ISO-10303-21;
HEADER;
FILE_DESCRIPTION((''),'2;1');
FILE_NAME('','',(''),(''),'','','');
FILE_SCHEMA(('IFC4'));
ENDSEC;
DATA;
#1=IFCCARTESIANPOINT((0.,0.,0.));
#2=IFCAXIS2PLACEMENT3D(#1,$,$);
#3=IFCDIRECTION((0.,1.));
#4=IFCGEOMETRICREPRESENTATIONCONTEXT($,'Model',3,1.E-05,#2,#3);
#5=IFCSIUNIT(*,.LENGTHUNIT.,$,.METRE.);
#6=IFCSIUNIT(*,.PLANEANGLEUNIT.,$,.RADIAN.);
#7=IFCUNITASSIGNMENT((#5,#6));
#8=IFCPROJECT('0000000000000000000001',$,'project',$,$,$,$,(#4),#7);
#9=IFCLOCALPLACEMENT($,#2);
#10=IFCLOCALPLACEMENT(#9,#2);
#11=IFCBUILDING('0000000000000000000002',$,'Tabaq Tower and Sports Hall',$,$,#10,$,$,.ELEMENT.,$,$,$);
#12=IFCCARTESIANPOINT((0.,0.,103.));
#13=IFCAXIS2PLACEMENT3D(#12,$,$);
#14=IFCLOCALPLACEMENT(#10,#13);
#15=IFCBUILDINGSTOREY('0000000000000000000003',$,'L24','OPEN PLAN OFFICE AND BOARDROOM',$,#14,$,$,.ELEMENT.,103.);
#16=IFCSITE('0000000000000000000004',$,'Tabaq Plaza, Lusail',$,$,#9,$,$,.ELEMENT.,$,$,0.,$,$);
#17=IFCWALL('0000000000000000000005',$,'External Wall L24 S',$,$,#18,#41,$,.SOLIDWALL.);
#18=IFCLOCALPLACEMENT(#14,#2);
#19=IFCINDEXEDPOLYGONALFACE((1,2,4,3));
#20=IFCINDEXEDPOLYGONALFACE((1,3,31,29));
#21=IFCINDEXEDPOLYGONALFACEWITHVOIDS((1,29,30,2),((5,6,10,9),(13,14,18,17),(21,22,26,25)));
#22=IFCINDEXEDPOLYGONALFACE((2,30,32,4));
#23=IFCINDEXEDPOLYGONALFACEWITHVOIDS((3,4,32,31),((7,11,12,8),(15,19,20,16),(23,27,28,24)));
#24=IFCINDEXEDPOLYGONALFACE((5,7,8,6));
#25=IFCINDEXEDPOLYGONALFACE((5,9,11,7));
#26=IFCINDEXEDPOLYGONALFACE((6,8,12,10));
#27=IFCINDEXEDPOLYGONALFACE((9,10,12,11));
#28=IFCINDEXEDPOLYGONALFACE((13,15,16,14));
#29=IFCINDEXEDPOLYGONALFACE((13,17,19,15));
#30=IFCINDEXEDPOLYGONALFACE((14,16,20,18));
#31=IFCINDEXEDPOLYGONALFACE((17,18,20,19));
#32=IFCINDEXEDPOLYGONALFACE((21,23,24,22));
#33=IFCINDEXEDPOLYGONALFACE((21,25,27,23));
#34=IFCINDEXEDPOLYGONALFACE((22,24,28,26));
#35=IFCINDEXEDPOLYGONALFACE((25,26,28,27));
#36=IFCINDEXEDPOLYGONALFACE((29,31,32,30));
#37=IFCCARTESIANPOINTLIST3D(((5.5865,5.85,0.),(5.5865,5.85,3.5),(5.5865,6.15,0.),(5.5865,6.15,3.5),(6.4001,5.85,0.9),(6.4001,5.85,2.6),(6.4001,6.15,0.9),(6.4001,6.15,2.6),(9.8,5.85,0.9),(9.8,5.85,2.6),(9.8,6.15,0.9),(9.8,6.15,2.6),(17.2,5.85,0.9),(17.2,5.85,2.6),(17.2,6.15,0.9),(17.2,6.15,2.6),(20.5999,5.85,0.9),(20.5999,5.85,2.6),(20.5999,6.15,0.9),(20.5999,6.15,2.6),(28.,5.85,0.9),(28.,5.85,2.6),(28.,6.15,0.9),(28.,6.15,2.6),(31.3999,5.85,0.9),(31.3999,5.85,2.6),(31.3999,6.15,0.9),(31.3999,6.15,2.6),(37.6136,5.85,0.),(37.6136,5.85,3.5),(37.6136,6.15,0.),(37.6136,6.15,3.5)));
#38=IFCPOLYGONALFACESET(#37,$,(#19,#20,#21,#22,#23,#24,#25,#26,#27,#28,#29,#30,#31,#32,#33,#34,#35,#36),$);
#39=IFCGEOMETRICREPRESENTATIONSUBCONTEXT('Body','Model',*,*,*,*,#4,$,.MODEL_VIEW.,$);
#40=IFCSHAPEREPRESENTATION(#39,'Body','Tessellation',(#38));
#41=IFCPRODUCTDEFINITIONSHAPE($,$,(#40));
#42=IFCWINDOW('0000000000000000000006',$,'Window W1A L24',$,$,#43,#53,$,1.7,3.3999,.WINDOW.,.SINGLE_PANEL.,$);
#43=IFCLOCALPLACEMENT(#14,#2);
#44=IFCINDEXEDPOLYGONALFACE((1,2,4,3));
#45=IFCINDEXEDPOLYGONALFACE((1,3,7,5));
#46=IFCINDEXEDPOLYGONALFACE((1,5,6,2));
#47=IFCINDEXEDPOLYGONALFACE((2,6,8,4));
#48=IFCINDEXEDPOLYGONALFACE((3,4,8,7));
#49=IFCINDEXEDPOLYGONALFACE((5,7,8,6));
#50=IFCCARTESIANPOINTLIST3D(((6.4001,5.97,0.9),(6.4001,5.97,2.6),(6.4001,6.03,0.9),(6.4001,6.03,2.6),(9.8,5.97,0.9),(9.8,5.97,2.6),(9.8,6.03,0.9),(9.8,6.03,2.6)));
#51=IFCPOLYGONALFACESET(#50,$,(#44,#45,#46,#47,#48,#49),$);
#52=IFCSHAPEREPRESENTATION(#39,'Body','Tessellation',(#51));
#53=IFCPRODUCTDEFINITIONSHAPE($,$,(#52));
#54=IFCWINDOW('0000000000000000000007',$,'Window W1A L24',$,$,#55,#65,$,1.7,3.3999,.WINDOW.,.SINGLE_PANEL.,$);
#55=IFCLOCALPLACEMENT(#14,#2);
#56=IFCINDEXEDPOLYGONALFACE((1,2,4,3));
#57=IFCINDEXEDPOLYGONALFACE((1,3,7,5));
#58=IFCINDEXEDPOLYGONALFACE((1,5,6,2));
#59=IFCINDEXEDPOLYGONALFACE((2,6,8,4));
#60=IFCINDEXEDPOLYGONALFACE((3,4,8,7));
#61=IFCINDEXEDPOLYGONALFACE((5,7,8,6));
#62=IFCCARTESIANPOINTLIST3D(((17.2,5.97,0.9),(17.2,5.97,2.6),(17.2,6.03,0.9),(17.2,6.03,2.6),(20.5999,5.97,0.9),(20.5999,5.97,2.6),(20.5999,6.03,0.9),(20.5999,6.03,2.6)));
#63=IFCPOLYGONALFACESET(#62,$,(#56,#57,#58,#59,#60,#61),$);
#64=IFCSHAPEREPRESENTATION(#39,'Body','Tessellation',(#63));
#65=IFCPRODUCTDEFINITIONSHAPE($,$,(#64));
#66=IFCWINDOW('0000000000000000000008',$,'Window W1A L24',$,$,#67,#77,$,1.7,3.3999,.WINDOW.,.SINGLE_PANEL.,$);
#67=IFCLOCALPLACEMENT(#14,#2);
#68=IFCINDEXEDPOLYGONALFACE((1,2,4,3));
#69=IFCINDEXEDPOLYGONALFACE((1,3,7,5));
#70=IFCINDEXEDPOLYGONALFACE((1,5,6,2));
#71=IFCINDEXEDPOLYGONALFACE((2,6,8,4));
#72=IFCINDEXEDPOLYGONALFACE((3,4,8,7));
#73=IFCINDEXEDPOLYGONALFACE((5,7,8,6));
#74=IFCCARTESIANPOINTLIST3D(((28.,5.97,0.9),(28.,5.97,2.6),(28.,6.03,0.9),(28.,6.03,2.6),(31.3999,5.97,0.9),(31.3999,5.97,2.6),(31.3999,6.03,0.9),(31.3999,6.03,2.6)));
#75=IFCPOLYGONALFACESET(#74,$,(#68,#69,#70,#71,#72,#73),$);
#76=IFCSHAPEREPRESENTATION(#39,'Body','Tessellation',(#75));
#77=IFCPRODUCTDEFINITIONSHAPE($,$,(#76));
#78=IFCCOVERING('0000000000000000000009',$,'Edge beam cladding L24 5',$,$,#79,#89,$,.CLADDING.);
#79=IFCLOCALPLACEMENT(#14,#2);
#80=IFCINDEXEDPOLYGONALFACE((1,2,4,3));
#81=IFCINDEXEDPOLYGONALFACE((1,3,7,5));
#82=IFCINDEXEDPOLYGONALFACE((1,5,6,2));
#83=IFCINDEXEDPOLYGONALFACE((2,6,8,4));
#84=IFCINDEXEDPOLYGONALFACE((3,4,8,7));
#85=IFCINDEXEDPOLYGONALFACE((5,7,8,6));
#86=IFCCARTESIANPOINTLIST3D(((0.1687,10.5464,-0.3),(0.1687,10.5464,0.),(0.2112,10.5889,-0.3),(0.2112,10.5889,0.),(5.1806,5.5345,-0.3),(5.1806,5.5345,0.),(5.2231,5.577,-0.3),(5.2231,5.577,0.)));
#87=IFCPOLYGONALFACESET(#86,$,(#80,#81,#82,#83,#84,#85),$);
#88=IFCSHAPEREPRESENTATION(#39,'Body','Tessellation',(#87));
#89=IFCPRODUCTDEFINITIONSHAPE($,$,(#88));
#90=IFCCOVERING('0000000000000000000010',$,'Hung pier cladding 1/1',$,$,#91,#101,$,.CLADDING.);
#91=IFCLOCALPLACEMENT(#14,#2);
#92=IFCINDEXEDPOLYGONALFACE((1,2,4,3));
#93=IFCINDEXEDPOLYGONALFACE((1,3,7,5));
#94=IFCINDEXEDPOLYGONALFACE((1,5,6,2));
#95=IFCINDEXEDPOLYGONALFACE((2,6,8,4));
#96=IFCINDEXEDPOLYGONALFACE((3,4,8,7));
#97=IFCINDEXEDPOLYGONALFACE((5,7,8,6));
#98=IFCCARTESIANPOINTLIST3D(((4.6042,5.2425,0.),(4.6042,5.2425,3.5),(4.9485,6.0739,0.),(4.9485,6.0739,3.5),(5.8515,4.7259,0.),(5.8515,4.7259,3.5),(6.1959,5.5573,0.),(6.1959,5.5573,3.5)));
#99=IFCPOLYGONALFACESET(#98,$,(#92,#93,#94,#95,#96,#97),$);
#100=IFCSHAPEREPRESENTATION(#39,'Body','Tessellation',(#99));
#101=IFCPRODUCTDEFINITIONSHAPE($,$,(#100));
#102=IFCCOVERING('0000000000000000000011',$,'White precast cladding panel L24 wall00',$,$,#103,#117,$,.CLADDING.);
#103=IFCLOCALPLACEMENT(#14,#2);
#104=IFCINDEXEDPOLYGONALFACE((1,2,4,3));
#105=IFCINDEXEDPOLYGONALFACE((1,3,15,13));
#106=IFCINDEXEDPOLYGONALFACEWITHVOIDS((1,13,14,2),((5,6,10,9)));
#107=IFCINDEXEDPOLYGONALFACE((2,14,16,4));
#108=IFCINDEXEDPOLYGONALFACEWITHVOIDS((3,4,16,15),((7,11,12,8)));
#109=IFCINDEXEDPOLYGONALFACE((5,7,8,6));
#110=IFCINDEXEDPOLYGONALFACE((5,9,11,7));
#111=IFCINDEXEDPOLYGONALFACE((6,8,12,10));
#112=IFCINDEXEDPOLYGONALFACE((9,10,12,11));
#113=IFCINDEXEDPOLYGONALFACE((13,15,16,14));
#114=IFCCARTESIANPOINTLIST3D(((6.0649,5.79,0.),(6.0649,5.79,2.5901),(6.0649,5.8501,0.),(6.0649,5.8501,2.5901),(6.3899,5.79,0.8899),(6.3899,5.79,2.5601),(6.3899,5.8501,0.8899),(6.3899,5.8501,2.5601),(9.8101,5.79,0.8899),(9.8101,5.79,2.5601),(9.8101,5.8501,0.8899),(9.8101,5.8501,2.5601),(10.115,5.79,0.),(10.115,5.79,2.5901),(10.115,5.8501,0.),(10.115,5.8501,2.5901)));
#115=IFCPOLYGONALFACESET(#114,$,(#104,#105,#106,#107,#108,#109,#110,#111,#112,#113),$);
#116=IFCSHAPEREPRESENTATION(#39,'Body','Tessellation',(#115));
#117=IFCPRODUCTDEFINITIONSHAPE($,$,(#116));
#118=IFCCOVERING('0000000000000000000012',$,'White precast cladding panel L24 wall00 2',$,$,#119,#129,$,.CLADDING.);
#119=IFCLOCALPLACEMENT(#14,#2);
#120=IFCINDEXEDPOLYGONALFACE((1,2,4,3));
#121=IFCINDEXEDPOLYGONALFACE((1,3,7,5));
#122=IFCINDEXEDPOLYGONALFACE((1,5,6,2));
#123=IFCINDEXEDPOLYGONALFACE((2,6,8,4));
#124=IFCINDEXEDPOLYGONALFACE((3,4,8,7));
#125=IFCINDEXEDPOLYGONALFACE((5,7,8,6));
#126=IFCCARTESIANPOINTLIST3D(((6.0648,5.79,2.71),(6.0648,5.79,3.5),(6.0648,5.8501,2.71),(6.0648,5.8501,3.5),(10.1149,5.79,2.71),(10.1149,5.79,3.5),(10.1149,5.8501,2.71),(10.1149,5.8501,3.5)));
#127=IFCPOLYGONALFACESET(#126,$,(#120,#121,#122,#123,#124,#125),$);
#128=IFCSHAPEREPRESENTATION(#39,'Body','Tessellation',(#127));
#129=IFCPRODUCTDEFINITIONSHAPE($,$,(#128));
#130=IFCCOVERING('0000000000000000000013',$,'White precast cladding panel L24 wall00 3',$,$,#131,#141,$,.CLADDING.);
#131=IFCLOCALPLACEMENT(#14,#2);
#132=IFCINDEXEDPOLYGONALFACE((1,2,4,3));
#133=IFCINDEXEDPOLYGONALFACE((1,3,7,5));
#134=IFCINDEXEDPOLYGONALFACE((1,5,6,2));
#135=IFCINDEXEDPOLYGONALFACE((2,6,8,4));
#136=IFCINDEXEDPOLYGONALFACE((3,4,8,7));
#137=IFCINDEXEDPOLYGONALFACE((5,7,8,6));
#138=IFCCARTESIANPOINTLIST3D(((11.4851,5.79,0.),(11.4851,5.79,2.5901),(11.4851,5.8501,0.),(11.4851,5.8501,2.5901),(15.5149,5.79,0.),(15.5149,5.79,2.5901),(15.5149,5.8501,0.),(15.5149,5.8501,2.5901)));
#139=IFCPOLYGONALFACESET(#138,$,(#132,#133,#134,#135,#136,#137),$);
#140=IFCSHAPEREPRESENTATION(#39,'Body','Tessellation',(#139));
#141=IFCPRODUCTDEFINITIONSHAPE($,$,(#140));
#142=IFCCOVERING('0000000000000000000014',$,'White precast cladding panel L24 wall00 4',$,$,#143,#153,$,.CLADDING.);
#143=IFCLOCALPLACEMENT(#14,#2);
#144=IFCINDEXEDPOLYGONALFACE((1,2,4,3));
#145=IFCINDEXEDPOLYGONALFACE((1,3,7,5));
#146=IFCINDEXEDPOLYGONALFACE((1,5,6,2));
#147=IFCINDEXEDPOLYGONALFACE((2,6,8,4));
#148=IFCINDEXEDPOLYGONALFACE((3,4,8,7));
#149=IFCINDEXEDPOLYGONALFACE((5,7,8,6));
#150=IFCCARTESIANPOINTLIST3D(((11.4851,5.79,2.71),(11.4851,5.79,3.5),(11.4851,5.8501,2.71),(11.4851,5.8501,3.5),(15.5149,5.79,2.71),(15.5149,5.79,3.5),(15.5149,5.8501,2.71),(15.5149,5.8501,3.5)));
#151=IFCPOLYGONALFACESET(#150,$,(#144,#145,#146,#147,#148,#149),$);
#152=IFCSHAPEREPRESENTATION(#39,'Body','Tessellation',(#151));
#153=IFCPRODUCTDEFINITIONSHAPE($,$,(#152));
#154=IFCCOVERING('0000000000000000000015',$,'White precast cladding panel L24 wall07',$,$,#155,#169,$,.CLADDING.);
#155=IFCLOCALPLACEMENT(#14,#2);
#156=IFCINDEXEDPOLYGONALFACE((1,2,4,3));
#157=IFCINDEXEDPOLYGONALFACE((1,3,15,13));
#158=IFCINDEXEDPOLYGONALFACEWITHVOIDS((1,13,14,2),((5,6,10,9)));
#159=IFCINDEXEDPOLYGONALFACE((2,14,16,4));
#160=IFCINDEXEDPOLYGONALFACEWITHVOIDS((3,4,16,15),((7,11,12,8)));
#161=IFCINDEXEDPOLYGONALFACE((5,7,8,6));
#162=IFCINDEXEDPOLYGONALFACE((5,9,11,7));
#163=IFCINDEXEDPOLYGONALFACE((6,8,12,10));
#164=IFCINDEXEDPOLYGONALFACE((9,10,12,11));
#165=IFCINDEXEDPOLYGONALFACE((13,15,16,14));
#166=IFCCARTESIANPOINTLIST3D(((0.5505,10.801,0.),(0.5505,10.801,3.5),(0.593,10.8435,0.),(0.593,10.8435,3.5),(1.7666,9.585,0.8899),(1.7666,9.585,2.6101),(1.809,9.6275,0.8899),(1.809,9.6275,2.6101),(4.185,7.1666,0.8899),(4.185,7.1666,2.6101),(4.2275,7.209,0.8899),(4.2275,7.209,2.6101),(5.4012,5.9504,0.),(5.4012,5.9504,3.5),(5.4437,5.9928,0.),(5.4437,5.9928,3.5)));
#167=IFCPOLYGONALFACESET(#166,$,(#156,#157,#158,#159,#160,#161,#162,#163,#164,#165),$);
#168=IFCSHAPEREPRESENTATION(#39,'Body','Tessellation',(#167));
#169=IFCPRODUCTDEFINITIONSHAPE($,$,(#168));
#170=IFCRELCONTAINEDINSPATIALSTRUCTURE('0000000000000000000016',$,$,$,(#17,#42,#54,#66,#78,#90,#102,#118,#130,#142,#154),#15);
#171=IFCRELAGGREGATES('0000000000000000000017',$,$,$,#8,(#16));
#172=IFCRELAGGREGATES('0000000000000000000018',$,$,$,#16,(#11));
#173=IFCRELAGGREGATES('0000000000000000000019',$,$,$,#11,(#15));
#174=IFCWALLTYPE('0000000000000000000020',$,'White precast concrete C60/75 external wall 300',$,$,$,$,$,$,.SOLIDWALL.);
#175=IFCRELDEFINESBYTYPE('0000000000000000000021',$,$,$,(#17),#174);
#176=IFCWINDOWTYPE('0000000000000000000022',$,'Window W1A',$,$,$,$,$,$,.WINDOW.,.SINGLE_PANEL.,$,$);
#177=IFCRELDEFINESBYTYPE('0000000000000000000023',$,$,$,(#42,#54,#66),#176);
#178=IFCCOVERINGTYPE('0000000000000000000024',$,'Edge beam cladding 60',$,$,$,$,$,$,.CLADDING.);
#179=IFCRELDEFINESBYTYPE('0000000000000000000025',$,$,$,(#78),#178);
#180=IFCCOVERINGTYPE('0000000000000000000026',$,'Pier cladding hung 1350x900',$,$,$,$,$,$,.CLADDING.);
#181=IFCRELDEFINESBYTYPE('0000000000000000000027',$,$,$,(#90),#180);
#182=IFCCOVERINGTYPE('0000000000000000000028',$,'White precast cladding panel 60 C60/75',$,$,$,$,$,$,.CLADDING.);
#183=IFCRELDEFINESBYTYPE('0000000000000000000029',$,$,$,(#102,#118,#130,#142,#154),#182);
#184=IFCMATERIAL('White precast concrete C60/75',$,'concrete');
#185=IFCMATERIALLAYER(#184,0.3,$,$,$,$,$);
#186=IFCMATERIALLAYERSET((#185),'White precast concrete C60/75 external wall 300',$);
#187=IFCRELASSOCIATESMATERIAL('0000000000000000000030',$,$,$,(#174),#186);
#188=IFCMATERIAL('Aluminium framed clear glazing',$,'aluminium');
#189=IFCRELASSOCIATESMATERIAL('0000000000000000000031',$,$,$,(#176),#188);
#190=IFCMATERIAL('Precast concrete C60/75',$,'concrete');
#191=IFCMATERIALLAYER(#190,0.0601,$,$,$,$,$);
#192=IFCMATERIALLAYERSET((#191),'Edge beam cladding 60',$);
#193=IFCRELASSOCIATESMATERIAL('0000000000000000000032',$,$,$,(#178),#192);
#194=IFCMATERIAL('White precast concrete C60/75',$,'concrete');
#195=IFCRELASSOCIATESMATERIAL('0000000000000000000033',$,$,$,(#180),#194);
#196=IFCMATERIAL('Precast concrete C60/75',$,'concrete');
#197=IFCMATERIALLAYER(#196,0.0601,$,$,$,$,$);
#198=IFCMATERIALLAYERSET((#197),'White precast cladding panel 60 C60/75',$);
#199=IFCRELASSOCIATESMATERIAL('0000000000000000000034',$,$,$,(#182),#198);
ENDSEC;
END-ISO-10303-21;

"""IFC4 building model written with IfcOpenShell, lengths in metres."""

from ifc_helpers import new_model, si_unit, direction, frame, frame_2d, origin, place, context, subcontext, project, spatial, polyline, rectangle, outline, extrude, material, layer, layer_set, type_object, element, fill, save


model = new_model("IFC4")

# Units and contexts
model_context = context("Model", 3, precision=1e-05, world=origin(), true_north=direction((0.0, 1.0)))
body_context = subcontext(model_context, "Body", "Model", "MODEL_VIEW")
ifc_project = project(units=[si_unit("LENGTHUNIT", "METRE"), si_unit("PLANEANGLEUNIT", "RADIAN")], contexts=[model_context])

# Site, building, storey
site_placement = place(None, origin())
site = spatial("IfcSite", under=ifc_project, at=site_placement, Name="Tabaq Plaza, Lusail", CompositionType="ELEMENT", RefElevation=0.0)
building_placement = place(site_placement, origin())
building = spatial("IfcBuilding", under=site, at=building_placement, Name="Tabaq Tower and Sports Hall", CompositionType="ELEMENT")
storey_placement = place(building_placement, frame((0.0, 0.0, 103.0)))
storey = spatial("IfcBuildingStorey", under=building, at=storey_placement, Name="L24", Description="OPEN PLAN OFFICE AND BOARDROOM", CompositionType="ELEMENT", Elevation=103.0)

# Wall, openings, windows
ifc_material_1 = material(Name="White precast concrete C60/75", Category="concrete")
ifc_layer_1 = layer(ifc_material_1, 0.3)
ifc_layer_set_1 = layer_set([ifc_layer_1], Name="White precast concrete C60/75 external wall 300")
wall_type_1 = type_object("IfcWallType", Name="White precast concrete C60/75 external wall 300", PredefinedType="SOLIDWALL", material=ifc_layer_set_1)
wall_1_placement = place(storey_placement, frame((5.5864, 6.0, 0.0), z_axis=(0.0, 0.0, 1.0), x_axis=(1.0, 0.0, 0.0)))
wall_1 = element("IfcWall", 1, at=wall_1_placement, inside=storey, type_object=wall_type_1, Name="External Wall L24 S", PredefinedType="SOLIDWALL", context=body_context, shape_type="SweptSolid", body=[
    extrude(rectangle(XDim=32.0271, YDim=0.3, at=frame_2d((16.0137, 0.0))), origin(), (0.0, 0.0, 1.0), 3.5),
])
opening_1_placement = place(wall_1_placement, frame((0.8137, 0.0, 0.8999)))
opening_1 = element("IfcOpeningElement", 2, at=opening_1_placement, cuts=wall_1, PredefinedType="OPENING", context=body_context, shape_type="SweptSolid", body=[
    extrude(rectangle(XDim=3.3999, YDim=1.7, at=frame_2d((1.7, 0.8501))), frame((0.0, 0.1602, 0.0), z_axis=(0.0, -1.0, 0.0), x_axis=(1.0, 0.0, 0.0)), (0.0, 0.0, 1.0), 0.3201),
])
opening_2_placement = place(wall_1_placement, frame((11.6135, 0.0, 0.8999)))
opening_2 = element("IfcOpeningElement", 3, at=opening_2_placement, cuts=wall_1, PredefinedType="OPENING", context=body_context, shape_type="SweptSolid", body=[
    extrude(rectangle(XDim=3.3999, YDim=1.7, at=frame_2d((1.7, 0.8501))), frame((0.0, 0.1602, 0.0), z_axis=(0.0, -1.0, 0.0), x_axis=(1.0, 0.0, 0.0)), (0.0, 0.0, 1.0), 0.3201),
])
opening_3_placement = place(wall_1_placement, frame((22.4136, 0.0, 0.8999)))
opening_3 = element("IfcOpeningElement", 4, at=opening_3_placement, cuts=wall_1, PredefinedType="OPENING", context=body_context, shape_type="SweptSolid", body=[
    extrude(rectangle(XDim=3.3999, YDim=1.7, at=frame_2d((1.7, 0.8501))), frame((0.0, 0.1602, 0.0), z_axis=(0.0, -1.0, 0.0), x_axis=(1.0, 0.0, 0.0)), (0.0, 0.0, 1.0), 0.3201),
])
ifc_material_2 = material(Name="Aluminium framed clear glazing", Category="aluminium")
window_type = type_object("IfcWindowType", Name="Window W1A", PartitioningType="SINGLE_PANEL", PredefinedType="WINDOW", material=ifc_material_2)
window_1_placement = place(opening_1_placement, origin())
window_1 = element("IfcWindow", 5, at=window_1_placement, inside=storey, type_object=window_type, Name="Window W1A L24", OverallHeight=1.7, OverallWidth=3.3999, PartitioningType="SINGLE_PANEL", PredefinedType="WINDOW", context=body_context, shape_type="SweptSolid", body=[
    extrude(rectangle(XDim=3.3999, YDim=1.7, at=frame_2d((1.7, 0.8501))), frame((0.0, 0.03, 0.0), z_axis=(0.0, -1.0, 0.0), x_axis=(1.0, 0.0, 0.0)), (0.0, 0.0, 1.0), 0.0601),
])
fill(opening_1, window_1)
window_2_placement = place(opening_2_placement, origin())
window_2 = element("IfcWindow", 6, at=window_2_placement, inside=storey, type_object=window_type, Name="Window W1A L24", OverallHeight=1.7, OverallWidth=3.3999, PartitioningType="SINGLE_PANEL", PredefinedType="WINDOW", context=body_context, shape_type="SweptSolid", body=[
    extrude(rectangle(XDim=3.3999, YDim=1.7, at=frame_2d((1.7, 0.8501))), frame((0.0, 0.03, 0.0), z_axis=(0.0, -1.0, 0.0), x_axis=(1.0, 0.0, 0.0)), (0.0, 0.0, 1.0), 0.0601),
])
fill(opening_2, window_2)
window_3_placement = place(opening_3_placement, origin())
window_3 = element("IfcWindow", 7, at=window_3_placement, inside=storey, type_object=window_type, Name="Window W1A L24", OverallHeight=1.7, OverallWidth=3.3999, PartitioningType="SINGLE_PANEL", PredefinedType="WINDOW", context=body_context, shape_type="SweptSolid", body=[
    extrude(rectangle(XDim=3.3999, YDim=1.7, at=frame_2d((1.7, 0.8501))), frame((0.0, 0.03, 0.0), z_axis=(0.0, -1.0, 0.0), x_axis=(1.0, 0.0, 0.0)), (0.0, 0.0, 1.0), 0.0601),
])
fill(opening_3, window_3)

# Coverings
ifc_material_3 = material(Name="Precast concrete C60/75", Category="concrete")
ifc_layer_2 = layer(ifc_material_3, 0.0601)
ifc_layer_set_2 = layer_set([ifc_layer_2], Name="Edge beam cladding 60")
covering_type_1 = type_object("IfcCoveringType", Name="Edge beam cladding 60", PredefinedType="CLADDING", material=ifc_layer_set_2)
covering_1_placement = place(storey_placement, frame((0.1899, 10.5676, -0.3), z_axis=(0.0, 0.0, 1.0), x_axis=(0.707107, -0.707107, 0.0)))
element("IfcCovering", 8, at=covering_1_placement, inside=storey, type_object=covering_type_1, Name="Edge beam cladding L24 5", PredefinedType="CLADDING", context=body_context, shape_type="SweptSolid", body=[
    extrude(rectangle(XDim=7.0879, YDim=0.0601, at=frame_2d((3.5439, 0.0))), origin(), (0.0, 0.0, 1.0), 0.3),
])
ifc_material_4 = material(Name="White precast concrete C60/75", Category="concrete")
covering_type_2 = type_object("IfcCoveringType", Name="Pier cladding hung 1350x900", PredefinedType="CLADDING", material=ifc_material_4)
covering_2_placement = place(storey_placement, frame((4.7764, 5.6582, 0.0), z_axis=(0.0, 0.0, 1.0), x_axis=(0.923893, -0.38265, 0.0)))
element("IfcCovering", 9, at=covering_2_placement, inside=storey, type_object=covering_type_2, Name="Hung pier cladding 1/1", PredefinedType="CLADDING", context=body_context, shape_type="SweptSolid", body=[
    extrude(rectangle(XDim=1.3501, YDim=0.8999, at=frame_2d((0.675, 0.0))), origin(), (0.0, 0.0, 1.0), 3.5),
])
ifc_material_5 = material(Name="Precast concrete C60/75", Category="concrete")
ifc_layer_3 = layer(ifc_material_5, 0.0601)
ifc_layer_set_3 = layer_set([ifc_layer_3], Name="White precast cladding panel 60 C60/75")
covering_type_3 = type_object("IfcCoveringType", Name="White precast cladding panel 60 C60/75", PredefinedType="CLADDING", material=ifc_layer_set_3)
covering_3_placement = place(storey_placement, frame((6.0649, 5.8201, 0.0), z_axis=(0.0, 0.0, 1.0), x_axis=(1.0, 0.0, 0.0)))
element("IfcCovering", 10, at=covering_3_placement, inside=storey, type_object=covering_type_3, Name="White precast cladding panel L24 wall00", PredefinedType="CLADDING", context=body_context, shape_type="SweptSolid", body=[
    extrude(outline(polyline([(0.0, 0.0), (4.05, 0.0), (4.05, 2.5901), (0.0, 2.5901), (0.0, 0.0)]), holes=[polyline([(3.7451, 0.8899), (0.325, 0.8899), (0.325, 2.5601), (3.7451, 2.5601), (3.7451, 0.8899)])]), frame((0.0, 0.03, 0.0), z_axis=(0.0, -1.0, 0.0), x_axis=(1.0, 0.0, 0.0)), (0.0, 0.0, 1.0), 0.0601),
])
covering_4_placement = place(storey_placement, frame((6.0649, 5.8201, 2.71), z_axis=(0.0, 0.0, 1.0), x_axis=(1.0, 0.0, 0.0)))
element("IfcCovering", 11, at=covering_4_placement, inside=storey, type_object=covering_type_3, Name="White precast cladding panel L24 wall00 2", PredefinedType="CLADDING", context=body_context, shape_type="SweptSolid", body=[
    extrude(rectangle(XDim=4.05, YDim=0.0601, at=frame_2d((2.0249, 0.0))), origin(), (0.0, 0.0, 1.0), 0.79),
])
covering_5_placement = place(storey_placement, frame((11.4851, 5.8201, 0.0), z_axis=(0.0, 0.0, 1.0), x_axis=(1.0, 0.0, 0.0)))
element("IfcCovering", 12, at=covering_5_placement, inside=storey, type_object=covering_type_3, Name="White precast cladding panel L24 wall00 3", PredefinedType="CLADDING", context=body_context, shape_type="SweptSolid", body=[
    extrude(rectangle(XDim=4.0298, YDim=0.0601, at=frame_2d((2.0149, 0.0))), origin(), (0.0, 0.0, 1.0), 2.5901),
])
covering_6_placement = place(storey_placement, frame((11.4851, 5.8201, 2.71), z_axis=(0.0, 0.0, 1.0), x_axis=(1.0, 0.0, 0.0)))
element("IfcCovering", 13, at=covering_6_placement, inside=storey, type_object=covering_type_3, Name="White precast cladding panel L24 wall00 4", PredefinedType="CLADDING", context=body_context, shape_type="SweptSolid", body=[
    extrude(rectangle(XDim=4.0298, YDim=0.0601, at=frame_2d((2.0149, 0.0))), origin(), (0.0, 0.0, 1.0), 0.79),
])
covering_7_placement = place(storey_placement, frame((0.5718, 10.8223, 0.0), z_axis=(0.0, 0.0, 1.0), x_axis=(0.707107, -0.707107, 0.0)))
element("IfcCovering", 14, at=covering_7_placement, inside=storey, type_object=covering_type_3, Name="White precast cladding panel L24 wall07", PredefinedType="CLADDING", context=body_context, shape_type="SweptSolid", body=[
    extrude(outline(polyline([(0.0, 0.0), (6.8599, 0.0), (6.8599, 3.5), (0.0, 3.5), (0.0, 0.0)]), holes=[polyline([(1.7197, 0.8899), (1.7197, 2.6101), (5.1399, 2.6101), (5.1399, 0.8899), (1.7197, 0.8899)])]), frame((0.0, 0.03, 0.0), z_axis=(0.0, -1.0, 0.0), x_axis=(1.0, 0.0, 0.0)), (0.0, 0.0, 1.0), 0.0601),
])

save(model, "model.ifc")
